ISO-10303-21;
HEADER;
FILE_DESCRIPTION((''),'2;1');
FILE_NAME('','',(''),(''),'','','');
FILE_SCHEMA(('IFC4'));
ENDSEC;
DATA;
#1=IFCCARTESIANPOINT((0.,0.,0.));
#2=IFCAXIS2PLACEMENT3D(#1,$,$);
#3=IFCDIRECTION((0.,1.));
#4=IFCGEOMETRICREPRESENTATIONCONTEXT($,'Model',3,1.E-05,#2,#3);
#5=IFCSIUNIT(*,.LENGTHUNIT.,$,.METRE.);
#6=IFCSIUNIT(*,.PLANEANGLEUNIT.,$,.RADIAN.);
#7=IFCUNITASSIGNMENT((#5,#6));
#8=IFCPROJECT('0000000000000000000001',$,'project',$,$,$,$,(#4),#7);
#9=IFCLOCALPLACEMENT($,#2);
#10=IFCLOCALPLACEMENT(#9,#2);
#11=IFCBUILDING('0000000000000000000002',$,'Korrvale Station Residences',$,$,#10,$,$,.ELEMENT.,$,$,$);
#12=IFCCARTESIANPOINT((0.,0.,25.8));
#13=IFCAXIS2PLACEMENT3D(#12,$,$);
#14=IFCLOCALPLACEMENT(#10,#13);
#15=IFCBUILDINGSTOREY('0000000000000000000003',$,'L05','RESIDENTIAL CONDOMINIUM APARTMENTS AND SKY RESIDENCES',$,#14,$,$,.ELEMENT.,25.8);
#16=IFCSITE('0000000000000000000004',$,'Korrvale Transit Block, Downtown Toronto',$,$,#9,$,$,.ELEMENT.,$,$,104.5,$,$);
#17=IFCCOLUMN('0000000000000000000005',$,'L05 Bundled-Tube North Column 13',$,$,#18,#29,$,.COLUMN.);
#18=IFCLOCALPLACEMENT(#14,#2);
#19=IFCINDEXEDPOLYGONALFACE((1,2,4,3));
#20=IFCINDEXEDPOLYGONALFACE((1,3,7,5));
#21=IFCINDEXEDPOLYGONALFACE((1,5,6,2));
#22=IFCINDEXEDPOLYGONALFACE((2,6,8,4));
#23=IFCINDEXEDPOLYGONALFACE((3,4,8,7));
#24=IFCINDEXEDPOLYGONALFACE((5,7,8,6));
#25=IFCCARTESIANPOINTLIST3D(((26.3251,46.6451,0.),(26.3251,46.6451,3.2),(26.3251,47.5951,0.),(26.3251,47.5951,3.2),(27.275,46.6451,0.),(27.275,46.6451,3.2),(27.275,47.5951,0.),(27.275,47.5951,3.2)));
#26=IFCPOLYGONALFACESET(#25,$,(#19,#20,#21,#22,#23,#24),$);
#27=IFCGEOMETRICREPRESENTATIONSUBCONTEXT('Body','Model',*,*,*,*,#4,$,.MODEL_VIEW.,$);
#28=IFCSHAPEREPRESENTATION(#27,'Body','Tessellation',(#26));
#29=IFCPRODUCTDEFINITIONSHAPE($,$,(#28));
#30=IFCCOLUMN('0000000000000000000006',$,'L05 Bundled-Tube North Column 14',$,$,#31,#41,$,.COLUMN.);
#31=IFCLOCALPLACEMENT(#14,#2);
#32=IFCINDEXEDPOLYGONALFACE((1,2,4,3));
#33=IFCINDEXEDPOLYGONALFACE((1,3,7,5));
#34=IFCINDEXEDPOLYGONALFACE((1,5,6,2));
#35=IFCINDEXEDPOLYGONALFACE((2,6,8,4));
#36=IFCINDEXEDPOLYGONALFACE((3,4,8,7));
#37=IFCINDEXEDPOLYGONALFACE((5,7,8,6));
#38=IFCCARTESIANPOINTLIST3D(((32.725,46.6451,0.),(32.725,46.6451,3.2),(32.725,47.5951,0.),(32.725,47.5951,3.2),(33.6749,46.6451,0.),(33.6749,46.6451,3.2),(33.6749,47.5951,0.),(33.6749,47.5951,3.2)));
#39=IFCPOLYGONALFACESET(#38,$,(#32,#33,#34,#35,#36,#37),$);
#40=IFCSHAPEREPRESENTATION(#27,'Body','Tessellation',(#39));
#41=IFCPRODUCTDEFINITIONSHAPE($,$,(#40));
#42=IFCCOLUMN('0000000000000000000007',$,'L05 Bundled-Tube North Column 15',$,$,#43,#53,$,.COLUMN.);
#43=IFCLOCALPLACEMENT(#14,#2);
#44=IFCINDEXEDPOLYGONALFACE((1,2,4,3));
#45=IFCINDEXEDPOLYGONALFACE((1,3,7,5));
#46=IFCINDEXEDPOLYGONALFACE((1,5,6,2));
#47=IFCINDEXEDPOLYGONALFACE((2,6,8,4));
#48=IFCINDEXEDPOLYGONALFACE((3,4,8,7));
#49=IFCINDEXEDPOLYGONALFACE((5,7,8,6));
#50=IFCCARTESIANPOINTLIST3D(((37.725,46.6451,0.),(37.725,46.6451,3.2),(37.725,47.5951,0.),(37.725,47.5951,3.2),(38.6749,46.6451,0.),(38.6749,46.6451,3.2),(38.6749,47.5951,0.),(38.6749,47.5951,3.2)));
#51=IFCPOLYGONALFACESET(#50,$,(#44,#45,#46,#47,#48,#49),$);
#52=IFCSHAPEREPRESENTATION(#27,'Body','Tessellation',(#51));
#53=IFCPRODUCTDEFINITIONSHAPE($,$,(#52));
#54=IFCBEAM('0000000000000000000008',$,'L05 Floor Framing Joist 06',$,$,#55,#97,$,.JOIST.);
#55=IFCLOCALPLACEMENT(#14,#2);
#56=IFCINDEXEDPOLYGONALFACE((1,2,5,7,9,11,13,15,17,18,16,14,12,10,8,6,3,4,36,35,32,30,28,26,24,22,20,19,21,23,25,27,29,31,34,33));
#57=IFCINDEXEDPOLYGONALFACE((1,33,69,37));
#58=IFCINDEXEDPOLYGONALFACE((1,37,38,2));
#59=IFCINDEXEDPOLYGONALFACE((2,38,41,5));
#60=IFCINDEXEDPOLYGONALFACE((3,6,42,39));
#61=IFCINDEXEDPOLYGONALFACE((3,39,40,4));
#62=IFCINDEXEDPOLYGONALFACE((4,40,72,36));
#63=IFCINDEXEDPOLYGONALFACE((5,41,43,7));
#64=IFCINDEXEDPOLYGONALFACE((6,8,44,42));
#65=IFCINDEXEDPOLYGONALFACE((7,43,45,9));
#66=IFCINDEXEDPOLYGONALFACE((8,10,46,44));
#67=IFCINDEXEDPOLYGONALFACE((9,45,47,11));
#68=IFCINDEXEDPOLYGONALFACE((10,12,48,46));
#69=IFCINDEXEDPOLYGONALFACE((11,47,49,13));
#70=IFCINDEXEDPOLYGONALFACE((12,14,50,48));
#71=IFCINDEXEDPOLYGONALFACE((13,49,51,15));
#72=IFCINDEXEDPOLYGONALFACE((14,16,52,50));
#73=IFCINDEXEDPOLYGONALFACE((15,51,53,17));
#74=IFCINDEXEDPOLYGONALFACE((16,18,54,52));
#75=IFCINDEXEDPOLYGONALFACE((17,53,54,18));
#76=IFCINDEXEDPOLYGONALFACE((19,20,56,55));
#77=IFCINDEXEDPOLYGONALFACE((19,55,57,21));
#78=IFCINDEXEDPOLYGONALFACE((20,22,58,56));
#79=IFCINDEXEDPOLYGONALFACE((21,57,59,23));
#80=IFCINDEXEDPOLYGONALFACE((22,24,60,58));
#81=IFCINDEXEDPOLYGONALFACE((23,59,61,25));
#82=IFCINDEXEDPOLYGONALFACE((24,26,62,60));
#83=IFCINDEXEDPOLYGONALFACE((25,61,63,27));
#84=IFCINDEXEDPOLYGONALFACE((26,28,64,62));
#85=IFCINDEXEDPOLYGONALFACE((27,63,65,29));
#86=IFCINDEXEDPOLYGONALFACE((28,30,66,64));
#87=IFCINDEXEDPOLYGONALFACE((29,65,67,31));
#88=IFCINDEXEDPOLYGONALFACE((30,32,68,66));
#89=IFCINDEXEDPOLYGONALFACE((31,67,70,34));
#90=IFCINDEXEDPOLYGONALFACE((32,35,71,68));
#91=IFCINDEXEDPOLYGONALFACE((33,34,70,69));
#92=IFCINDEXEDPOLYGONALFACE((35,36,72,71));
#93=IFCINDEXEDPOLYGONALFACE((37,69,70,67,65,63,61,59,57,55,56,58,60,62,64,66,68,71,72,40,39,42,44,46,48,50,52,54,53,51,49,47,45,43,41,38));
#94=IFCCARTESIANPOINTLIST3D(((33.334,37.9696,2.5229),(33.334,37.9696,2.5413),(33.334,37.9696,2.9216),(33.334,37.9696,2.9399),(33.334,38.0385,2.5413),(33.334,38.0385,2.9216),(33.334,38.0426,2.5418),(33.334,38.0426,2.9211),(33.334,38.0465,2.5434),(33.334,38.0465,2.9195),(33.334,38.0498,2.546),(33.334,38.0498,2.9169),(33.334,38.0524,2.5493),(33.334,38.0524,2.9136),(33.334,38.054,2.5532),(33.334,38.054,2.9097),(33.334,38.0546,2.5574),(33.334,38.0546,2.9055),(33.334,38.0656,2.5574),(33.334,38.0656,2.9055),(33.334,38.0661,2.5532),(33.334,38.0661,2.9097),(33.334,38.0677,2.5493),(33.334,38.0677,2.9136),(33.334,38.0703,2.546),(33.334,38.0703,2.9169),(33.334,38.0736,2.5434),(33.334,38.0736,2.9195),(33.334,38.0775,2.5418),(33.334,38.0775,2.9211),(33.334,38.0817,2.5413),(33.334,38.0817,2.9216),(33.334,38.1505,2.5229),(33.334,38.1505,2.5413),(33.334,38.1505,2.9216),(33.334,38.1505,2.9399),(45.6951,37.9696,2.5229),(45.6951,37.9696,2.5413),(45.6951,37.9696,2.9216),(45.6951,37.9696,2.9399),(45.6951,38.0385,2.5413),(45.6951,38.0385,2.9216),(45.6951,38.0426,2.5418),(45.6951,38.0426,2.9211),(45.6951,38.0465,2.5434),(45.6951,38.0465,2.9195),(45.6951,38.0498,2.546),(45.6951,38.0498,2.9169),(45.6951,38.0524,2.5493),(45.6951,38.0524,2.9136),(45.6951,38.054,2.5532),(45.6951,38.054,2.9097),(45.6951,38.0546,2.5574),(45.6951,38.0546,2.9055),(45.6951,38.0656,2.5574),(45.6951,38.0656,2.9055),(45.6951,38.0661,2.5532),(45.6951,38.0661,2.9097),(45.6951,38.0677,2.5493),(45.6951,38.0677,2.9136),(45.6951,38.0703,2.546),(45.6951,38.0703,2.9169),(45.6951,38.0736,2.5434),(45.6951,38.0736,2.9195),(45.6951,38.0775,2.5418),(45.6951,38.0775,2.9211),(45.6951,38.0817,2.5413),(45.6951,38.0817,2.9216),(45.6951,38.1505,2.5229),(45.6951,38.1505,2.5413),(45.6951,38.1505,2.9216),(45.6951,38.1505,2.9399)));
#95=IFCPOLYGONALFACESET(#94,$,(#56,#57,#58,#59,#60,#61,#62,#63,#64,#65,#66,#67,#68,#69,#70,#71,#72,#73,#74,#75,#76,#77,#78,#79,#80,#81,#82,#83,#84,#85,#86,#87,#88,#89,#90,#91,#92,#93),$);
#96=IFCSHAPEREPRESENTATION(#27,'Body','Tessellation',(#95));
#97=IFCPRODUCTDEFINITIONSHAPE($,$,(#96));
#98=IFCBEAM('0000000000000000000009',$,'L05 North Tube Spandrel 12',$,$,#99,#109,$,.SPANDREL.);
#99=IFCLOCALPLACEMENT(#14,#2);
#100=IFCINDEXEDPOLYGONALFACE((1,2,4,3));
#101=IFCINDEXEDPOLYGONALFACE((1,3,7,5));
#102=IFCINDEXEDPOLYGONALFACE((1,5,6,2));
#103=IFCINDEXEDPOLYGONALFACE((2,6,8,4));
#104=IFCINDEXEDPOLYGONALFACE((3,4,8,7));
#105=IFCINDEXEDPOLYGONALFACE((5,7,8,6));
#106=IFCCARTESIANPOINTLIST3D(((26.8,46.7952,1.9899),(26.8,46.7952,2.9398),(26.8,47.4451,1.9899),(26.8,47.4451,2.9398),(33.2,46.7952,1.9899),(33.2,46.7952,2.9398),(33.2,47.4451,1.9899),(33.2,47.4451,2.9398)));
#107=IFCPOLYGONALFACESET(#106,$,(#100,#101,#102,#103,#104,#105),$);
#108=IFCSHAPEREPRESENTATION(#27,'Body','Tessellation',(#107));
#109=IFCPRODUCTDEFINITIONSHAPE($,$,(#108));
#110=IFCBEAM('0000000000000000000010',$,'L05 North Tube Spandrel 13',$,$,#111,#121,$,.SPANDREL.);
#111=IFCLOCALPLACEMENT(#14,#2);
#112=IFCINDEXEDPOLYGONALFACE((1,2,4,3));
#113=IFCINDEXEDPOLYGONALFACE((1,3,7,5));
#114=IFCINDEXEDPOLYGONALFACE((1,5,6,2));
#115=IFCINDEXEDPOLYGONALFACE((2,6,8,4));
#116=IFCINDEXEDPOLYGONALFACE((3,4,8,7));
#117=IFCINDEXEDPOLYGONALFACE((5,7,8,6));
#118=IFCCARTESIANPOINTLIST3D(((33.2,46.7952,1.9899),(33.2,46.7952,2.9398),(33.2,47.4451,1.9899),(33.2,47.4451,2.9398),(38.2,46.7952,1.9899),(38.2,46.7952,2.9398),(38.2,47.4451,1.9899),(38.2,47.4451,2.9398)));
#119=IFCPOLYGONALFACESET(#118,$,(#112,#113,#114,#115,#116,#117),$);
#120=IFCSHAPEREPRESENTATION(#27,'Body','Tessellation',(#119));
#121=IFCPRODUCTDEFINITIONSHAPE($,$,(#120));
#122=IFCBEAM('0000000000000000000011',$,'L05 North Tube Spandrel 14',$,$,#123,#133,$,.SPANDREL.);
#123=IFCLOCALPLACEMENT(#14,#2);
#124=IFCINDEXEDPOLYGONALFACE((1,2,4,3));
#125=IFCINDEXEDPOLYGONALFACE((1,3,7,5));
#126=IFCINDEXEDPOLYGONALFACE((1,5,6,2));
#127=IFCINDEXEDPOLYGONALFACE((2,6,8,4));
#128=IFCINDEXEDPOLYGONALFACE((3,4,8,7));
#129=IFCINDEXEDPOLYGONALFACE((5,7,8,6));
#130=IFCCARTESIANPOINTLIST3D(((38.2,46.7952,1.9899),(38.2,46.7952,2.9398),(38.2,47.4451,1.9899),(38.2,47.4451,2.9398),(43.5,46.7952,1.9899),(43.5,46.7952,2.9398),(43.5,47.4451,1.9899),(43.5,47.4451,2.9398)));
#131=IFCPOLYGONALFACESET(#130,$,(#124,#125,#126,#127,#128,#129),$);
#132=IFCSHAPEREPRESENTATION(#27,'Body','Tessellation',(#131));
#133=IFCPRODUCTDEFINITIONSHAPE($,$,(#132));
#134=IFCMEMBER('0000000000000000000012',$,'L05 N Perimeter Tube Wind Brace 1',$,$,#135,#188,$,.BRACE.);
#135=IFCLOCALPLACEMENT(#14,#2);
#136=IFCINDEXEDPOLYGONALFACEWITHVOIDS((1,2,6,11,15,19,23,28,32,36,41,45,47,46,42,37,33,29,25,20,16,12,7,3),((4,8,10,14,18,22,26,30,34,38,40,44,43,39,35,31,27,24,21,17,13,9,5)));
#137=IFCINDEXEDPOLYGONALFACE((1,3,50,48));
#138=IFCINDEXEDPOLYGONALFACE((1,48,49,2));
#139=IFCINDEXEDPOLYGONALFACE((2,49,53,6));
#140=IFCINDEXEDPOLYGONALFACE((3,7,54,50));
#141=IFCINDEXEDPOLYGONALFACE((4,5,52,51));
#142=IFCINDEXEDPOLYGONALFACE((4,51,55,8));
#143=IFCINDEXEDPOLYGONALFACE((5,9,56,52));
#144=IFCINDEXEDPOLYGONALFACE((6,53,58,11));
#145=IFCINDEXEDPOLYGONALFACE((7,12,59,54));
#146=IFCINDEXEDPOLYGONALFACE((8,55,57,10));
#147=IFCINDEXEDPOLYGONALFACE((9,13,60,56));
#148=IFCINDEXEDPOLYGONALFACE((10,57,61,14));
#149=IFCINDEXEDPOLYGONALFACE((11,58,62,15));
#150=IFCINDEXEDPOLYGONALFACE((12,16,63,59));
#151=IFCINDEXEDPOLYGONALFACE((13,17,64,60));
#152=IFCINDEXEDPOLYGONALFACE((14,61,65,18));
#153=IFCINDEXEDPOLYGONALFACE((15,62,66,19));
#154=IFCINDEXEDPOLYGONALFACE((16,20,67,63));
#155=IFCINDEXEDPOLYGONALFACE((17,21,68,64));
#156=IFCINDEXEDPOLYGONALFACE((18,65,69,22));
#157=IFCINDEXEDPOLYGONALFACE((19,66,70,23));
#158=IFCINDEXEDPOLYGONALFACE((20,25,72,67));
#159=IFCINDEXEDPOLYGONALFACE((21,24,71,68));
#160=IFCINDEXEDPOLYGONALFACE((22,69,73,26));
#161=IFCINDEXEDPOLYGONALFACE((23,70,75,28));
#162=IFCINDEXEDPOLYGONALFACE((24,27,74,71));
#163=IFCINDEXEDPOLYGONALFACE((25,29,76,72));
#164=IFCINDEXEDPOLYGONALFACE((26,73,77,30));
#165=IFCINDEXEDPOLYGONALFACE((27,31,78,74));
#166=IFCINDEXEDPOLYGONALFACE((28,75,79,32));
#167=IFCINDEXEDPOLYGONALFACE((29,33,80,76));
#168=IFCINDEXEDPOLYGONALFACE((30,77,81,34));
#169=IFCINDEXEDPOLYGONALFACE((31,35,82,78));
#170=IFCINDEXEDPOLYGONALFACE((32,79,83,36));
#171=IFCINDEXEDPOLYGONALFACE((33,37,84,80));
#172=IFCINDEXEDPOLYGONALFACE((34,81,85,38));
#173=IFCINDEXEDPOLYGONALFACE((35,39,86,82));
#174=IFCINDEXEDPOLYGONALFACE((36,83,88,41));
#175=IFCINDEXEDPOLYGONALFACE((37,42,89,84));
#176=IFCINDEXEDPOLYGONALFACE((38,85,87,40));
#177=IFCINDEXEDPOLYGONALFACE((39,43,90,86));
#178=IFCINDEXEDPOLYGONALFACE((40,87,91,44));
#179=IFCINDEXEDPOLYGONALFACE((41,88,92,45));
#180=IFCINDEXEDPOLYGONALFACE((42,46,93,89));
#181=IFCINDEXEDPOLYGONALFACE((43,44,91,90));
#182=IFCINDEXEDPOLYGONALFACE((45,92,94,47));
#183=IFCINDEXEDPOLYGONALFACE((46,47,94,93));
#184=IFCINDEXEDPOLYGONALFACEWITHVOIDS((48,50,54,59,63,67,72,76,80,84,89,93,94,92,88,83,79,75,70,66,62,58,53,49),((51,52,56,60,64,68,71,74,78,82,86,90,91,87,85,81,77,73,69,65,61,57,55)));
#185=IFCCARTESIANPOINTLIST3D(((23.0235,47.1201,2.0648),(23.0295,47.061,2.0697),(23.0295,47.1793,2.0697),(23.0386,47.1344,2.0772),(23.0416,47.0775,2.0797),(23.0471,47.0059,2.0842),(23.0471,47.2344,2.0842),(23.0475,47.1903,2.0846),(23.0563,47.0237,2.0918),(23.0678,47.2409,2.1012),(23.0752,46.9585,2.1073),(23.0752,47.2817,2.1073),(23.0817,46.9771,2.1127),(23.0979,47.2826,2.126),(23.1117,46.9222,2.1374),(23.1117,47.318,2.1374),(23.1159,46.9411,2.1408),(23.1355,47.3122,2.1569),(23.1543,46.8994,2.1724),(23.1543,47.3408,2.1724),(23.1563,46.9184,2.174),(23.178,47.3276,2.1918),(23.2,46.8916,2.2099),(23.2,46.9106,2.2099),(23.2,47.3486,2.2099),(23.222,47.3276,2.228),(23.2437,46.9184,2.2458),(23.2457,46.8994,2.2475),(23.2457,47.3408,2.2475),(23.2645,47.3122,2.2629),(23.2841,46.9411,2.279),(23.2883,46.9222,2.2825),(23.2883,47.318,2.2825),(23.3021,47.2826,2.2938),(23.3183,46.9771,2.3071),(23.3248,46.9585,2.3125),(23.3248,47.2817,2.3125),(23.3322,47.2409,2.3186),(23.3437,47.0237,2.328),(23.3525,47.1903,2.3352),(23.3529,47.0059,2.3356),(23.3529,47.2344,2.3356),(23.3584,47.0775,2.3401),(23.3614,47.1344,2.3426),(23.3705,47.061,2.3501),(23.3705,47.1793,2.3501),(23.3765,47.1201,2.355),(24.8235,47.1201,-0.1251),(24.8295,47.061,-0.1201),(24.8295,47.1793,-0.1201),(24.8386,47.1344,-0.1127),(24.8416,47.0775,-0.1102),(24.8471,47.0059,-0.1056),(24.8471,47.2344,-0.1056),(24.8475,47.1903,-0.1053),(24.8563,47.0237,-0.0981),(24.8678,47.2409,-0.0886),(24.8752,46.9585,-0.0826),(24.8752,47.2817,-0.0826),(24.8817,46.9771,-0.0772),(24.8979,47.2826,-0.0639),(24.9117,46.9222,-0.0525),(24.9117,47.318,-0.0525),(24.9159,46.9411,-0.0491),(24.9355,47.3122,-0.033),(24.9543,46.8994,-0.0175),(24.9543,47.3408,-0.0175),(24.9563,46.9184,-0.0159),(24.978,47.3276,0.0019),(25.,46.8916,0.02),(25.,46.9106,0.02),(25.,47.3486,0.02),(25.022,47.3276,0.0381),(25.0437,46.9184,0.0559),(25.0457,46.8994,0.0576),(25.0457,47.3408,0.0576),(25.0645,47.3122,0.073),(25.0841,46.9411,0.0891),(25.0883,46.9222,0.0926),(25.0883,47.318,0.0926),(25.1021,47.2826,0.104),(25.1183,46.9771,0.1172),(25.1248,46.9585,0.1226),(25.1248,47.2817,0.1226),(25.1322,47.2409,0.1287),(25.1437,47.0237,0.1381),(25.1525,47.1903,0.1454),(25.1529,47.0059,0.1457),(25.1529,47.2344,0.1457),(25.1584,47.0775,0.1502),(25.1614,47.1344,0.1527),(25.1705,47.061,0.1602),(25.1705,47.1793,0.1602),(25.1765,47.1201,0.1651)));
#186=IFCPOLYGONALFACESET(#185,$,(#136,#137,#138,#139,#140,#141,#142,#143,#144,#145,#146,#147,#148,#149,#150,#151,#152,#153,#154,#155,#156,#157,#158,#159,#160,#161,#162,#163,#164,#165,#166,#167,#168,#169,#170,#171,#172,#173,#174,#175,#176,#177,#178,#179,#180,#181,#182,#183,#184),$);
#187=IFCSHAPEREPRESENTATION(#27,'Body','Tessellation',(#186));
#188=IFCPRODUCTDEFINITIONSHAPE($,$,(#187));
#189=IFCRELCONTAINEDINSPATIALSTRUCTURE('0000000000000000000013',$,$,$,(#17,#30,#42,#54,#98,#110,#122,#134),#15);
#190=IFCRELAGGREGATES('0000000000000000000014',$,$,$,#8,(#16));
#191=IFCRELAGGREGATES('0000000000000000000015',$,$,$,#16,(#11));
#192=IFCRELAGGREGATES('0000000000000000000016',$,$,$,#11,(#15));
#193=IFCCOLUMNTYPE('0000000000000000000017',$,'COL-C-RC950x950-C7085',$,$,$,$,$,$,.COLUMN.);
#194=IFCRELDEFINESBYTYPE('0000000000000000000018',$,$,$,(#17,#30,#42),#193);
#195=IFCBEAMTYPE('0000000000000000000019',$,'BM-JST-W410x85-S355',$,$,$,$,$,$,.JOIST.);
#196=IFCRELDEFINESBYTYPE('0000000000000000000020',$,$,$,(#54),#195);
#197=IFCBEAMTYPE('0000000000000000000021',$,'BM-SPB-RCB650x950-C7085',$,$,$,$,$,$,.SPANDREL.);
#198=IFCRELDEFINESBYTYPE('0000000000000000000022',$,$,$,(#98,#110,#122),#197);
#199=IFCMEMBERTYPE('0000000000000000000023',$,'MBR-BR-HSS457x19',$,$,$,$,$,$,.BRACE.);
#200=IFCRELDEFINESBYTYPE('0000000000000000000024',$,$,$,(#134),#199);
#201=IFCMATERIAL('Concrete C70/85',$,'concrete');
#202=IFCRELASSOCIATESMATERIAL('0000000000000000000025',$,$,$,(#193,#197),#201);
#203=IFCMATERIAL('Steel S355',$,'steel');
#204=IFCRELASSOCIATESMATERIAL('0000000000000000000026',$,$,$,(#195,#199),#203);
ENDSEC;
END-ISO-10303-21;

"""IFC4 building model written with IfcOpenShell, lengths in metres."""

from ifc_helpers import new_model, si_unit, direction, frame, origin, origin_2d, place, context, subcontext, project, spatial, rectangle, hollow_circle, i_section, extrude, material, material_profile, profile_set, type_object, element, save


model = new_model("IFC4")

# Units and contexts
model_context = context("Model", 3, precision=1e-05, world=origin(), true_north=direction((0.0, 1.0)))
body_context = subcontext(model_context, "Body", "Model", "MODEL_VIEW")
ifc_project = project(units=[si_unit("LENGTHUNIT", "METRE"), si_unit("PLANEANGLEUNIT", "RADIAN")], contexts=[model_context])

# Site, building, storey
site_placement = place(None, origin())
site = spatial("IfcSite", under=ifc_project, at=site_placement, Name="Korrvale Transit Block, Downtown Toronto", CompositionType="ELEMENT", RefElevation=104.5)
building_placement = place(site_placement, origin())
building = spatial("IfcBuilding", under=site, at=building_placement, Name="Korrvale Station Residences", CompositionType="ELEMENT")
storey_placement = place(building_placement, frame((0.0, 0.0, 25.8)))
storey = spatial("IfcBuildingStorey", under=building, at=storey_placement, Name="L05", Description="RESIDENTIAL CONDOMINIUM APARTMENTS AND SKY RESIDENCES", CompositionType="ELEMENT", Elevation=25.8)

# Columns
ifc_material_1 = material(Name="Concrete C70/85", Category="concrete")
ifc_material_profile_1 = material_profile(ifc_material_1, rectangle(XDim=0.95, YDim=0.95, at=origin_2d()), Name="RC950x950")
ifc_profile_set_1 = profile_set([ifc_material_profile_1], Name="Concrete C70/85")
column_type = type_object("IfcColumnType", Name="COL-C-RC950x950-C7085", PredefinedType="COLUMN", material=ifc_profile_set_1)
for number, where, z_axis, x_axis, name in (
    (1, (26.8, 47.1201, 0.0), (0.0, 0.0, 1.0), (1.0, 0.0, 0.0), "L05 Bundled-Tube North Column 13"),
    (2, (33.2, 47.1201, 0.0), (0.0, 0.0, 1.0), (1.0, 0.0, 0.0), "L05 Bundled-Tube North Column 14"),
    (3, (38.2, 47.1201, 0.0), (0.0, 0.0, 1.0), (1.0, 0.0, 0.0), "L05 Bundled-Tube North Column 15"),
):
    element("IfcColumn", number, at=place(storey_placement, frame(where, z_axis=z_axis, x_axis=x_axis)), inside=storey, type_object=column_type, Name=name, PredefinedType="COLUMN", context=body_context, shape_type="SweptSolid", body=[
        extrude(rectangle(XDim=0.95, YDim=0.95, at=origin_2d()), origin(), (0.0, 0.0, 1.0), 3.2),
    ])

# Beams
ifc_material_2 = material(Name="Steel S355", Category="steel")
ifc_material_profile_2 = material_profile(ifc_material_2, i_section(OverallWidth=0.1809, OverallDepth=0.417, WebThickness=0.011, FlangeThickness=0.0183, FilletRadius=0.0161, at=origin_2d()), Name="W410x85")
ifc_profile_set_2 = profile_set([ifc_material_profile_2], Name="Steel S355")
beam_type_1 = type_object("IfcBeamType", Name="BM-JST-W410x85-S355", PredefinedType="JOIST", material=ifc_profile_set_2)
beam_1_placement = place(storey_placement, frame((33.334, 38.0601, 2.7314), z_axis=(1.0, 0.0, 0.0), x_axis=(0.0, 1.0, 0.0)))
element("IfcBeam", 4, at=beam_1_placement, inside=storey, type_object=beam_type_1, Name="L05 Floor Framing Joist 06", PredefinedType="JOIST", context=body_context, shape_type="SweptSolid", body=[
    extrude(i_section(OverallWidth=0.1809, OverallDepth=0.417, WebThickness=0.011, FlangeThickness=0.0183, FilletRadius=0.0161, at=origin_2d()), origin(), (0.0, 0.0, 1.0), 12.3611),
])
ifc_material_profile_3 = material_profile(ifc_material_1, rectangle(XDim=0.6499, YDim=0.95, at=origin_2d()), Name="RCB650x950")
ifc_profile_set_3 = profile_set([ifc_material_profile_3], Name="Concrete C70/85")
beam_type_2 = type_object("IfcBeamType", Name="BM-SPB-RCB650x950-C7085", PredefinedType="SPANDREL", material=ifc_profile_set_3)
beam_2_placement = place(storey_placement, frame((26.8, 47.1201, 2.4648), z_axis=(1.0, 0.0, 0.0), x_axis=(0.0, 1.0, 0.0)))
element("IfcBeam", 5, at=beam_2_placement, inside=storey, type_object=beam_type_2, Name="L05 North Tube Spandrel 12", PredefinedType="SPANDREL", context=body_context, shape_type="SweptSolid", body=[
    extrude(rectangle(XDim=0.6499, YDim=0.95, at=origin_2d()), origin(), (0.0, 0.0, 1.0), 6.3999),
])
beam_3_placement = place(storey_placement, frame((33.2, 47.1201, 2.4648), z_axis=(1.0, 0.0, 0.0), x_axis=(0.0, 1.0, 0.0)))
element("IfcBeam", 6, at=beam_3_placement, inside=storey, type_object=beam_type_2, Name="L05 North Tube Spandrel 13", PredefinedType="SPANDREL", context=body_context, shape_type="SweptSolid", body=[
    extrude(rectangle(XDim=0.6499, YDim=0.95, at=origin_2d()), origin(), (0.0, 0.0, 1.0), 5.0),
])
beam_4_placement = place(storey_placement, frame((38.2, 47.1201, 2.4648), z_axis=(1.0, 0.0, 0.0), x_axis=(0.0, 1.0, 0.0)))
element("IfcBeam", 7, at=beam_4_placement, inside=storey, type_object=beam_type_2, Name="L05 North Tube Spandrel 14", PredefinedType="SPANDREL", context=body_context, shape_type="SweptSolid", body=[
    extrude(rectangle(XDim=0.6499, YDim=0.95, at=origin_2d()), origin(), (0.0, 0.0, 1.0), 5.3),
])

# Member
ifc_material_profile_4 = material_profile(ifc_material_2, hollow_circle(Radius=0.2285, WallThickness=0.019, at=origin_2d()), Name="HSS457x19")
ifc_profile_set_4 = profile_set([ifc_material_profile_4], Name="Steel S355")
member_type = type_object("IfcMemberType", Name="MBR-BR-HSS457x19", PredefinedType="BRACE", material=ifc_profile_set_4)
for number, where, z_axis, x_axis, name in (
    (8, (25.0, 47.1201, 0.02), (-0.634985, 0.0, 0.772524), (0.0, -1.0, 0.0), "L05 N Perimeter Tube Wind Brace 1"),
):
    element("IfcMember", number, at=place(storey_placement, frame(where, z_axis=z_axis, x_axis=x_axis)), inside=storey, type_object=member_type, Name=name, PredefinedType="BRACE", context=body_context, shape_type="SweptSolid", body=[
        extrude(hollow_circle(Radius=0.2285, WallThickness=0.019, at=origin_2d()), origin(), (0.0, 0.0, 1.0), 2.8347),
    ])

save(model, "model.ifc")
